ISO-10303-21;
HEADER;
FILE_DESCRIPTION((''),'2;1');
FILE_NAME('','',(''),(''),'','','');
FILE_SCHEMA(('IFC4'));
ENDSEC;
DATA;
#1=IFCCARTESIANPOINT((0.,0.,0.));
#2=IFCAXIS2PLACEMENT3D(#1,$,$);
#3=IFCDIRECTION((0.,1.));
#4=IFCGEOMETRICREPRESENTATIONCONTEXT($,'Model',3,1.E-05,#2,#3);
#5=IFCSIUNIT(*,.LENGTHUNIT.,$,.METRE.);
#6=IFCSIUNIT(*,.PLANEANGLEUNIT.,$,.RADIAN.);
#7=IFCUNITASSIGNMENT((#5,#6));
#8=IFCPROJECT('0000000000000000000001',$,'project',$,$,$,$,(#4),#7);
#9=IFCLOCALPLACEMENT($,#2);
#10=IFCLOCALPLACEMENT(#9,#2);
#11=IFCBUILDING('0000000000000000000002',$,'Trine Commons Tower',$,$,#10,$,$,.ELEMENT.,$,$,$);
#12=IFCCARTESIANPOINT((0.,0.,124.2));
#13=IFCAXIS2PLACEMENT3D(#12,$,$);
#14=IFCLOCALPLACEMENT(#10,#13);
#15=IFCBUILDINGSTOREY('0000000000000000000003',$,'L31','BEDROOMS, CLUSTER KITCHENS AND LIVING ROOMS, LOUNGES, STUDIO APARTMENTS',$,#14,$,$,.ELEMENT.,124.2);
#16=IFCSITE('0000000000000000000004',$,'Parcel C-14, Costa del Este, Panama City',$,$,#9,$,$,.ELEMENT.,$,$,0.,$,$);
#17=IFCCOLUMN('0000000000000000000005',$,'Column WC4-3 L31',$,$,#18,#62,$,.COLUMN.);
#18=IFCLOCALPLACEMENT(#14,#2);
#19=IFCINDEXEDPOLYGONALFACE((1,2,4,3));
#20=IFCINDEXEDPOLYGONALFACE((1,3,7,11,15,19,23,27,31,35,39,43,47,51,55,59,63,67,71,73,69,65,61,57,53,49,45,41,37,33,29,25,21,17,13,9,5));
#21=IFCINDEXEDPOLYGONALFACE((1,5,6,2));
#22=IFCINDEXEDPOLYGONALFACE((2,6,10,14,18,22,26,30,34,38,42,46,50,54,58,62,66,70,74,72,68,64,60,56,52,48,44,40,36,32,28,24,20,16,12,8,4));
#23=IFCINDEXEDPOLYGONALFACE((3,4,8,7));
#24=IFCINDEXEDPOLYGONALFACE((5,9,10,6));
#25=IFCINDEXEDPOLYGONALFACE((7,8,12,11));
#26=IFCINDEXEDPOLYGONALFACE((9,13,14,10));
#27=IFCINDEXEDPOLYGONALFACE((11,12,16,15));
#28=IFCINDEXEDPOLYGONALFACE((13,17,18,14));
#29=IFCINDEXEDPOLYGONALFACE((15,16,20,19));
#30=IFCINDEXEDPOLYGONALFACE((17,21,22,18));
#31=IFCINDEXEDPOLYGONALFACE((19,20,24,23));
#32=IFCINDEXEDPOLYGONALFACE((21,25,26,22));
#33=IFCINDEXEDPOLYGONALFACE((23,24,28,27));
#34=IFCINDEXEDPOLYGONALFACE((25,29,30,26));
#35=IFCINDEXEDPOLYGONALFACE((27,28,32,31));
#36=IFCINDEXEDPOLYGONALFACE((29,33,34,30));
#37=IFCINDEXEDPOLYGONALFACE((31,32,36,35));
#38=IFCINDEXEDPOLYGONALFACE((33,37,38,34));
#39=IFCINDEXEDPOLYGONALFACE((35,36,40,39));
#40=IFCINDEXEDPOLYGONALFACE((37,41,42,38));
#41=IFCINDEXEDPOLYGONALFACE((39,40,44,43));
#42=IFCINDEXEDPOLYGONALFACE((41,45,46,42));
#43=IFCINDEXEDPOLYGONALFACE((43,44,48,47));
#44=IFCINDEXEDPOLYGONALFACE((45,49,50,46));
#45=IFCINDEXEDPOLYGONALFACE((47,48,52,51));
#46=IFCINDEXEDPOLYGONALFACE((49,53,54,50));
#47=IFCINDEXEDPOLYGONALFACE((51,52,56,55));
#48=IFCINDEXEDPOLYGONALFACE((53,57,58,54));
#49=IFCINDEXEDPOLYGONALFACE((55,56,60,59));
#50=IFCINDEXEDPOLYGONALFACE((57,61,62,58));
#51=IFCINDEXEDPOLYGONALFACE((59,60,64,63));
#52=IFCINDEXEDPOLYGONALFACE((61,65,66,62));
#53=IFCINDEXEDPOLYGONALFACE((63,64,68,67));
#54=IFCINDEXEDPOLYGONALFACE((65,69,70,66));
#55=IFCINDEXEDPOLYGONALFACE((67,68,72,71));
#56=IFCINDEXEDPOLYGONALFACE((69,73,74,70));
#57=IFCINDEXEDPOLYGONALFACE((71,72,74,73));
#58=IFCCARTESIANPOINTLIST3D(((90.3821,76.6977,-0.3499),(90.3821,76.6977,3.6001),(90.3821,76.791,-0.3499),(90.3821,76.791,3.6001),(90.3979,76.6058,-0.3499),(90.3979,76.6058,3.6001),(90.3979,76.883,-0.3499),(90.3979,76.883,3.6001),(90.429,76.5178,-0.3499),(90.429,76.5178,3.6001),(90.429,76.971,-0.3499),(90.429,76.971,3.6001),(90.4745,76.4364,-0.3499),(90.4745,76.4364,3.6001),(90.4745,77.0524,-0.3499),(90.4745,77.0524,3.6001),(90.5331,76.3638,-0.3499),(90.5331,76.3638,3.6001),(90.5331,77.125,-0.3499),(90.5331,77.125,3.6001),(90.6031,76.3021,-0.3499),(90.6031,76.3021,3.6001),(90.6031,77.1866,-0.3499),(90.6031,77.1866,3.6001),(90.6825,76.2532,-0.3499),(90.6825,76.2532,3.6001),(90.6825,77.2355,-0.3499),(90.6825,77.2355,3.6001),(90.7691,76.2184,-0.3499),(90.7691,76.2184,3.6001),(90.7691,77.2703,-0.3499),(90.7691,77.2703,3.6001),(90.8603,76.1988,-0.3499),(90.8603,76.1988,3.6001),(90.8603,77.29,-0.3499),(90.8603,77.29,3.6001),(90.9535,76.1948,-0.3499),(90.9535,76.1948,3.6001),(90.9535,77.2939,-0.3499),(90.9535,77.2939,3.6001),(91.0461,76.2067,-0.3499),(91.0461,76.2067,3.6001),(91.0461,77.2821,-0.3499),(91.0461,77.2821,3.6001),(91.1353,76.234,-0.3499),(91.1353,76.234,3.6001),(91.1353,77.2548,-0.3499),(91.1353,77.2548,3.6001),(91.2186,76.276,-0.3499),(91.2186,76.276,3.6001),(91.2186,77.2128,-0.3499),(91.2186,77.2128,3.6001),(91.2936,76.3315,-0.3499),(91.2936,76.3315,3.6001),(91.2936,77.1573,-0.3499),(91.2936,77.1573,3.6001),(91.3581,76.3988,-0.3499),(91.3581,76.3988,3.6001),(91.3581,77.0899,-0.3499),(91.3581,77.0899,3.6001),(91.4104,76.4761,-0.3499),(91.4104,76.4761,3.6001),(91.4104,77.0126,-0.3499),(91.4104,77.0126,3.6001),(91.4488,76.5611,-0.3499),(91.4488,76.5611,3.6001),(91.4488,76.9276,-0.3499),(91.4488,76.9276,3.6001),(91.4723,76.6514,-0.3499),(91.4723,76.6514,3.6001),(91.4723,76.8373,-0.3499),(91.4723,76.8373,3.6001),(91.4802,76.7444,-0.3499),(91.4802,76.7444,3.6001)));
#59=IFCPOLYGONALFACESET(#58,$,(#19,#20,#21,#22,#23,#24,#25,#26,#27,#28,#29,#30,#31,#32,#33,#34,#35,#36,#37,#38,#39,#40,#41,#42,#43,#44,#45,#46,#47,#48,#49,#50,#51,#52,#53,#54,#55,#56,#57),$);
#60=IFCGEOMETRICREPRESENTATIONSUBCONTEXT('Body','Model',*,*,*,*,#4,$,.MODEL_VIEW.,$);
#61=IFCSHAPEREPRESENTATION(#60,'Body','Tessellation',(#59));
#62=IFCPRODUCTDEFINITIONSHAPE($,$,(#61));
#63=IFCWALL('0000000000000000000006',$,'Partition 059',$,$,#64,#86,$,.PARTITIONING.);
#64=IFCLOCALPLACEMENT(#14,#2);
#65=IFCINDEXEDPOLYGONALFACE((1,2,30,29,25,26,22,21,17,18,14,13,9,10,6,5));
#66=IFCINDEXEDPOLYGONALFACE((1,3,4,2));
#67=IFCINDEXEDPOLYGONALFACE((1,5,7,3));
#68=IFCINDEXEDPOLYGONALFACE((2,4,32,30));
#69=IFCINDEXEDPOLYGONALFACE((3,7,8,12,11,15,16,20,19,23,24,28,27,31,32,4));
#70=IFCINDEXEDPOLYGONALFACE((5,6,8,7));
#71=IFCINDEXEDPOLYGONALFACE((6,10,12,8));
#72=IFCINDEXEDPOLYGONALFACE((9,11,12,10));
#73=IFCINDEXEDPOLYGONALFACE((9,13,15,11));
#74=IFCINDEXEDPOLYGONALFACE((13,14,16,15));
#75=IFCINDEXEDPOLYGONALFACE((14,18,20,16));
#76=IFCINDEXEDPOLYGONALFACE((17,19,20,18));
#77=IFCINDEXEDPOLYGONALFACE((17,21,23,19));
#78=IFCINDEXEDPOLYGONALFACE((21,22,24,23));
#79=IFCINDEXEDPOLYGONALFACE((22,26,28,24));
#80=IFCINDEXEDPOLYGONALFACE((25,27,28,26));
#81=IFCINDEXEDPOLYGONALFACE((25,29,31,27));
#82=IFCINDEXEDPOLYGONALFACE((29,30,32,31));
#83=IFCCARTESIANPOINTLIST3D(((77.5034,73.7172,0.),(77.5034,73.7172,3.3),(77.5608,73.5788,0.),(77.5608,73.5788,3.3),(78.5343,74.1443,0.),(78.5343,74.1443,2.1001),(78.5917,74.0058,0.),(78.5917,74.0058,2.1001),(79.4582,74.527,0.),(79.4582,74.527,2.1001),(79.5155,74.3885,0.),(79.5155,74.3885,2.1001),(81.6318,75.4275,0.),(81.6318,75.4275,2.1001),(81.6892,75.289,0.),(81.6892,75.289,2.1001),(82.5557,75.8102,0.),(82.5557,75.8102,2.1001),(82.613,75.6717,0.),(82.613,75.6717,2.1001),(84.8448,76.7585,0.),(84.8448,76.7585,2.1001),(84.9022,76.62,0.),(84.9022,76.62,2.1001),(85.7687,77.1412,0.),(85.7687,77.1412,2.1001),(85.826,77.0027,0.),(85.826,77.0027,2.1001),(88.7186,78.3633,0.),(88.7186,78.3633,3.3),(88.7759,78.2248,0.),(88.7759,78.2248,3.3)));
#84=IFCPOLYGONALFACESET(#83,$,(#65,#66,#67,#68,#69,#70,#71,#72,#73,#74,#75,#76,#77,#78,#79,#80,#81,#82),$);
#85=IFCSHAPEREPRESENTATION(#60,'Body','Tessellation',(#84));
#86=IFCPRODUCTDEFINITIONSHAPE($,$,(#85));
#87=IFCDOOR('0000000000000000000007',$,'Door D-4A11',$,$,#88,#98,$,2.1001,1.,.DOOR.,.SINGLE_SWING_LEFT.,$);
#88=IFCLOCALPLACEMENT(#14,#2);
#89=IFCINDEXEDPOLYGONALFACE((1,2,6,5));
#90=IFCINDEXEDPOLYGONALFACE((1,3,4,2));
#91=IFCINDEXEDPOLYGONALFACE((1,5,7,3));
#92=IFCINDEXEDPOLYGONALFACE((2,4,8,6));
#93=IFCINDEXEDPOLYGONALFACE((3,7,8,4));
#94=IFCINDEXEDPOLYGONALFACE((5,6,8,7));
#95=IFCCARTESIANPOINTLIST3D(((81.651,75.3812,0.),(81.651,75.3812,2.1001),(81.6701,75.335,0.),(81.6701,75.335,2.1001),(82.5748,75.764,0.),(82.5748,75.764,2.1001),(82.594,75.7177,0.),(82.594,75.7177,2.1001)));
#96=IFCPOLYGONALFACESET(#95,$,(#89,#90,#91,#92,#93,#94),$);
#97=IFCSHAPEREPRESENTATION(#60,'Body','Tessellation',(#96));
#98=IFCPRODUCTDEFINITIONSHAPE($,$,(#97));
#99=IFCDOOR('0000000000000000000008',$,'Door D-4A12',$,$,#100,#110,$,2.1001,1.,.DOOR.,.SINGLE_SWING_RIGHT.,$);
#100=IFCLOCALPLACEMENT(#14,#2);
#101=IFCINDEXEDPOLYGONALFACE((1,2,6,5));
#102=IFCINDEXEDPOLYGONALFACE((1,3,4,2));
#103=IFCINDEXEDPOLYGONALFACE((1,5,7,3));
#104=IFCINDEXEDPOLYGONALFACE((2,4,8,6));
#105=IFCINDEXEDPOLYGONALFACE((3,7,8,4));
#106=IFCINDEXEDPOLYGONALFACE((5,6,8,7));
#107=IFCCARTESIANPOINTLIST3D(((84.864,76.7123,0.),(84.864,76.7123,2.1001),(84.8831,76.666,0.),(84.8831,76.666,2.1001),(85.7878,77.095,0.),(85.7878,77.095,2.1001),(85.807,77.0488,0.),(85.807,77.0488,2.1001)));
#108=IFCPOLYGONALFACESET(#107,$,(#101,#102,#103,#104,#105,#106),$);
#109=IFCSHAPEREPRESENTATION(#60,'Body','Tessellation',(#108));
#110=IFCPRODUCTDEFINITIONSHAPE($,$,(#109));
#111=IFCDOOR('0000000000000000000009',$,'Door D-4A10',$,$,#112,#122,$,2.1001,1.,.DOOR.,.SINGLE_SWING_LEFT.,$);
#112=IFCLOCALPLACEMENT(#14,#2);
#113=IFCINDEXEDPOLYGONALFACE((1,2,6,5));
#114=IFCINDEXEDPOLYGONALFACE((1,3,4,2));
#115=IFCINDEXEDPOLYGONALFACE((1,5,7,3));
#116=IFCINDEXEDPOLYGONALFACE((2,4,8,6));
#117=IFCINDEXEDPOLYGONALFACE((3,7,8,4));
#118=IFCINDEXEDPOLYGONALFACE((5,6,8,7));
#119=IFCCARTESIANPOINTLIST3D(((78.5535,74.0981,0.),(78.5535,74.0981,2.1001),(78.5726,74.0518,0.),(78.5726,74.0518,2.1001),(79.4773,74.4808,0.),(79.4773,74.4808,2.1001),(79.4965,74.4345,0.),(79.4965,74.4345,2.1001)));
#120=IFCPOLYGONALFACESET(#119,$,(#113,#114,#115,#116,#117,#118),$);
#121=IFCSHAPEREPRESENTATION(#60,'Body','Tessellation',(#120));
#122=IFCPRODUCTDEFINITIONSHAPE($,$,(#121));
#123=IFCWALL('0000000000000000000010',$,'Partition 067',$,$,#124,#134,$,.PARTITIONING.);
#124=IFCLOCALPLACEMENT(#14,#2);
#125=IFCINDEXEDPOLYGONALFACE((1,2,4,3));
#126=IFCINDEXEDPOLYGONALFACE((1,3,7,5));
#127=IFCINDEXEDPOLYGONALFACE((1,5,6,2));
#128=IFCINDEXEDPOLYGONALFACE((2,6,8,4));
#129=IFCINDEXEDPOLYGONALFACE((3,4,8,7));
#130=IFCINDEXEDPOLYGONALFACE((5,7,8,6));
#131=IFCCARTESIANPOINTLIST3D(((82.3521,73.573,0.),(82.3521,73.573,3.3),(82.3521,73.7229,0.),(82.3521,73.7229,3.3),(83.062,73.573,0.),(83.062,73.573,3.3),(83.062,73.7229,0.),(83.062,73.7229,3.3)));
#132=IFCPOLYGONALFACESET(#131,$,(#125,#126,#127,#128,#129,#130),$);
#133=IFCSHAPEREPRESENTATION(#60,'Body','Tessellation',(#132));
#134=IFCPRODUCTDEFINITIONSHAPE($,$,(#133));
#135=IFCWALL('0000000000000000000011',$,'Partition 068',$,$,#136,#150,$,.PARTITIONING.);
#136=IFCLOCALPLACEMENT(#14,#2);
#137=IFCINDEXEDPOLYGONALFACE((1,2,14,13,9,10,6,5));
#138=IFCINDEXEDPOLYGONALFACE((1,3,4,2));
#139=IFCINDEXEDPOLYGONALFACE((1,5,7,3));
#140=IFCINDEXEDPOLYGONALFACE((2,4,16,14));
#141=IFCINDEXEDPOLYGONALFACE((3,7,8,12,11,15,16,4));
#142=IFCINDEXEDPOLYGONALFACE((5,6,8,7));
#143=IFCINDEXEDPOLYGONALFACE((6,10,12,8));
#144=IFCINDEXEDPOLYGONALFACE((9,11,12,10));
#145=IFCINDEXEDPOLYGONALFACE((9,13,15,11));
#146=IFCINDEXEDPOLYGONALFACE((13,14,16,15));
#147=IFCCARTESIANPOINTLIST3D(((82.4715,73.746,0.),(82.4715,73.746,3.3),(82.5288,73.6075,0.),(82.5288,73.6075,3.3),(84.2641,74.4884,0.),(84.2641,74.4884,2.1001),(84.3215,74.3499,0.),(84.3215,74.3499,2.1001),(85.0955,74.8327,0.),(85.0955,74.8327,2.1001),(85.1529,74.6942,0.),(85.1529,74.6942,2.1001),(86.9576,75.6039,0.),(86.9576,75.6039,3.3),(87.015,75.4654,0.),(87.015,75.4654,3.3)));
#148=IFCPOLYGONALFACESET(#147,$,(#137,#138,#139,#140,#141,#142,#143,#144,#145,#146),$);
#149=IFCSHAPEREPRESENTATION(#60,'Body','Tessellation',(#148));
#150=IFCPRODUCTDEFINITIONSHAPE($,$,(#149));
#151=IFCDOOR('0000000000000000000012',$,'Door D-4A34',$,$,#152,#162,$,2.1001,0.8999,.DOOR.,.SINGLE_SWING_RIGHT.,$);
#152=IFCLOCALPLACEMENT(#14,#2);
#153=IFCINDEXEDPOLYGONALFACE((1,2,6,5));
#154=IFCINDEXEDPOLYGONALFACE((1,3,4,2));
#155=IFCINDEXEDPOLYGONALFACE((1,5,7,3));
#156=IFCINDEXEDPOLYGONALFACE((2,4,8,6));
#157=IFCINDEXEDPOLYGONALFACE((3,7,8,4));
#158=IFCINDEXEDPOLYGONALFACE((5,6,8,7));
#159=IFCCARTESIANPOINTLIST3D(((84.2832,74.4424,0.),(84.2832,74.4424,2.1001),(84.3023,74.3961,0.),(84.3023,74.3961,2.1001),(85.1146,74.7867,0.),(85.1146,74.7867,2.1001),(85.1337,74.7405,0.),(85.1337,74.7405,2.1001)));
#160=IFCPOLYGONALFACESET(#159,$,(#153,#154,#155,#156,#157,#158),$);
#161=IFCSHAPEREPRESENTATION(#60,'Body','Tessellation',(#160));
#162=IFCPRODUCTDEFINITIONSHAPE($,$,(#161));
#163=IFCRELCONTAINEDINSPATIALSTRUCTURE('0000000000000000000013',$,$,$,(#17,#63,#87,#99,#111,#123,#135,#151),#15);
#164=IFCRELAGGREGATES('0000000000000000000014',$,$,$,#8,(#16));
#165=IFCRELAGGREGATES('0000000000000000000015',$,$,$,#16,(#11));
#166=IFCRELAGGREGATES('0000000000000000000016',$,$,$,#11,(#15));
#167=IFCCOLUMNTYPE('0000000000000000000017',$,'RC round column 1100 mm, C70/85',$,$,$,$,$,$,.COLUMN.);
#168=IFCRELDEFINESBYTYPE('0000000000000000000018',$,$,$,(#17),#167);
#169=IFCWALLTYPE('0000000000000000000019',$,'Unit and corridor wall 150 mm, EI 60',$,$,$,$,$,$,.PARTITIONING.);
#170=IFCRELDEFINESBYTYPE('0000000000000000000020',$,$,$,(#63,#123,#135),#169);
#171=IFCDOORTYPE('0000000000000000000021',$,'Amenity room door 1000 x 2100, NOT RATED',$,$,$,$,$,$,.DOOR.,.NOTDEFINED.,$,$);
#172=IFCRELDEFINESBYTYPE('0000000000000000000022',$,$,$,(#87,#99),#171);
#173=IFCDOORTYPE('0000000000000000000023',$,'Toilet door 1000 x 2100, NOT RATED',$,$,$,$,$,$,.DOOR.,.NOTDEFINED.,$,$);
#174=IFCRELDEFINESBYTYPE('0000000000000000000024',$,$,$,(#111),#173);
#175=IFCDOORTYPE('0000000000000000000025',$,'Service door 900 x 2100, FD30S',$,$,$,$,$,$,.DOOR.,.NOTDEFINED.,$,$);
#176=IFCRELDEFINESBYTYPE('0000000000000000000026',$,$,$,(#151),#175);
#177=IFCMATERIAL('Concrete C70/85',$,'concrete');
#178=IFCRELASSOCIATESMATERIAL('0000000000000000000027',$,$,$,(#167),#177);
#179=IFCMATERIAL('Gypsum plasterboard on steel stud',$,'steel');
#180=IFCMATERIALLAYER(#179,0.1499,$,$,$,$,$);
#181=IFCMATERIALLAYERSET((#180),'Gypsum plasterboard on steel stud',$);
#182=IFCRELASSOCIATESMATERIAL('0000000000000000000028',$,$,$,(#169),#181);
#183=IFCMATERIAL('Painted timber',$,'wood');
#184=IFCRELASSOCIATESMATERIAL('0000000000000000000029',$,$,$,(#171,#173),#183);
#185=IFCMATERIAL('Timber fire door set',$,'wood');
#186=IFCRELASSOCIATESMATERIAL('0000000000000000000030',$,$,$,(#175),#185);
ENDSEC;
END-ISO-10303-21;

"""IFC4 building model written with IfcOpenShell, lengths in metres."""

from ifc_helpers import new_model, si_unit, direction, frame, frame_2d, origin, origin_2d, place, context, subcontext, project, spatial, rectangle, circle, extrude, material, layer, layer_set, material_profile, profile_set, type_object, element, fill, save


model = new_model("IFC4")

# Units and contexts
model_context = context("Model", 3, precision=1e-05, world=origin(), true_north=direction((0.0, 1.0)))
body_context = subcontext(model_context, "Body", "Model", "MODEL_VIEW")
ifc_project = project(units=[si_unit("LENGTHUNIT", "METRE"), si_unit("PLANEANGLEUNIT", "RADIAN")], contexts=[model_context])

# Site, building, storey
site_placement = place(None, origin())
site = spatial("IfcSite", under=ifc_project, at=site_placement, Name="Parcel C-14, Costa del Este, Panama City", CompositionType="ELEMENT", RefElevation=0.0)
building_placement = place(site_placement, origin())
building = spatial("IfcBuilding", under=site, at=building_placement, Name="Trine Commons Tower", CompositionType="ELEMENT")
storey_placement = place(building_placement, frame((0.0, 0.0, 124.2)))
storey = spatial("IfcBuildingStorey", under=building, at=storey_placement, Name="L31", Description="BEDROOMS, CLUSTER KITCHENS AND LIVING ROOMS, LOUNGES, STUDIO APARTMENTS", CompositionType="ELEMENT", Elevation=124.2)

# Column
ifc_material_1 = material(Name="Concrete C70/85", Category="concrete")
ifc_material_profile = material_profile(ifc_material_1, circle(Radius=0.55, at=origin_2d()), Name="RC round 1100")
ifc_profile_set = profile_set([ifc_material_profile], Name="Concrete C70/85")
column_type = type_object("IfcColumnType", Name="RC round column 1100 mm, C70/85", PredefinedType="COLUMN", material=ifc_profile_set)
column_placement = place(storey_placement, frame((90.9302, 76.7444, -0.3499), z_axis=(0.0, 0.0, 1.0), x_axis=(1.0, 0.0, 0.0)))
element("IfcColumn", 1, at=column_placement, inside=storey, type_object=column_type, Name="Column WC4-3 L31", PredefinedType="COLUMN", context=body_context, shape_type="SweptSolid", body=[
    extrude(circle(Radius=0.55, at=origin_2d()), origin(), (0.0, 0.0, 1.0), 3.95),
])

# Wall, openings, doors
ifc_material_2 = material(Name="Gypsum plasterboard on steel stud", Category="steel")
ifc_layer = layer(ifc_material_2, 0.1499)
ifc_layer_set = layer_set([ifc_layer], Name="Gypsum plasterboard on steel stud")
wall_type = type_object("IfcWallType", Name="Unit and corridor wall 150 mm, EI 60", PredefinedType="PARTITIONING", material=ifc_layer_set)
wall_1_placement = place(storey_placement, frame((77.532, 73.6479, 0.0), z_axis=(0.0, 0.0, 1.0), x_axis=(0.923863, 0.382722, 0.0)))
wall_1 = element("IfcWall", 2, at=wall_1_placement, inside=storey, type_object=wall_type, Name="Partition 059", PredefinedType="PARTITIONING", context=body_context, shape_type="SweptSolid", body=[
    extrude(rectangle(XDim=12.1394, YDim=0.1499, at=frame_2d((6.0698, 0.0))), origin(), (0.0, 0.0, 1.0), 3.3),
])
opening_1_placement = place(wall_1_placement, frame((1.116, 0.0, 0.0)))
opening_1 = element("IfcOpeningElement", 3, at=opening_1_placement, cuts=wall_1, PredefinedType="OPENING", context=body_context, shape_type="SweptSolid", body=[
    extrude(rectangle(XDim=1.0, YDim=2.1001, at=frame_2d((0.5, 1.05))), frame((0.0, 0.085, 0.0), z_axis=(0.0, -1.0, 0.0), x_axis=(1.0, 0.0, 0.0)), (0.0, 0.0, 1.0), 0.1699),
])
opening_2_placement = place(wall_1_placement, frame((4.4688, 0.0, 0.0)))
opening_2 = element("IfcOpeningElement", 4, at=opening_2_placement, cuts=wall_1, PredefinedType="OPENING", context=body_context, shape_type="SweptSolid", body=[
    extrude(rectangle(XDim=1.0, YDim=2.1001, at=frame_2d((0.5, 1.05))), frame((0.0, 0.085, 0.0), z_axis=(0.0, -1.0, 0.0), x_axis=(1.0, 0.0, 0.0)), (0.0, 0.0, 1.0), 0.1699),
])
opening_3_placement = place(wall_1_placement, frame((7.9465, 0.0, 0.0)))
opening_3 = element("IfcOpeningElement", 5, at=opening_3_placement, cuts=wall_1, PredefinedType="OPENING", context=body_context, shape_type="SweptSolid", body=[
    extrude(rectangle(XDim=1.0, YDim=2.1001, at=frame_2d((0.5, 1.05))), frame((0.0, 0.085, 0.0), z_axis=(0.0, -1.0, 0.0), x_axis=(1.0, 0.0, 0.0)), (0.0, 0.0, 1.0), 0.1699),
])
ifc_material_3 = material(Name="Painted timber", Category="wood")
door_type_1 = type_object("IfcDoorType", Name="Amenity room door 1000 x 2100, NOT RATED", OperationType="NOTDEFINED", PredefinedType="DOOR", material=ifc_material_3)
door_1_placement = place(opening_2_placement, origin())
door_1 = element("IfcDoor", 6, at=door_1_placement, inside=storey, type_object=door_type_1, Name="Door D-4A11", OperationType="SINGLE_SWING_LEFT", OverallHeight=2.1001, OverallWidth=1.0, PredefinedType="DOOR", context=body_context, shape_type="SweptSolid", body=[
    extrude(rectangle(XDim=1.0, YDim=2.1001, at=frame_2d((0.5, 1.05))), frame((0.0, 0.0249, 0.0), z_axis=(0.0, -1.0, 0.0), x_axis=(1.0, 0.0, 0.0)), (0.0, 0.0, 1.0), 0.05),
])
fill(opening_2, door_1)
door_2_placement = place(opening_3_placement, origin())
door_2 = element("IfcDoor", 7, at=door_2_placement, inside=storey, type_object=door_type_1, Name="Door D-4A12", OperationType="SINGLE_SWING_RIGHT", OverallHeight=2.1001, OverallWidth=1.0, PredefinedType="DOOR", context=body_context, shape_type="SweptSolid", body=[
    extrude(rectangle(XDim=1.0, YDim=2.1001, at=frame_2d((0.5, 1.05))), frame((0.0, 0.0249, 0.0), z_axis=(0.0, -1.0, 0.0), x_axis=(1.0, 0.0, 0.0)), (0.0, 0.0, 1.0), 0.05),
])
fill(opening_3, door_2)
door_type_2 = type_object("IfcDoorType", Name="Toilet door 1000 x 2100, NOT RATED", OperationType="NOTDEFINED", PredefinedType="DOOR", material=ifc_material_3)
door_3_placement = place(opening_1_placement, origin())
door_3 = element("IfcDoor", 8, at=door_3_placement, inside=storey, type_object=door_type_2, Name="Door D-4A10", OperationType="SINGLE_SWING_LEFT", OverallHeight=2.1001, OverallWidth=1.0, PredefinedType="DOOR", context=body_context, shape_type="SweptSolid", body=[
    extrude(rectangle(XDim=1.0, YDim=2.1001, at=frame_2d((0.5, 1.05))), frame((0.0, 0.0249, 0.0), z_axis=(0.0, -1.0, 0.0), x_axis=(1.0, 0.0, 0.0)), (0.0, 0.0, 1.0), 0.05),
])
fill(opening_1, door_3)

# Wall
wall_2_placement = place(storey_placement, frame((82.3521, 73.6479, 0.0), z_axis=(0.0, 0.0, 1.0), x_axis=(1.0, 0.0, 0.0)))
element("IfcWall", 9, at=wall_2_placement, inside=storey, type_object=wall_type, Name="Partition 067", PredefinedType="PARTITIONING", context=body_context, shape_type="SweptSolid", body=[
    extrude(rectangle(XDim=0.71, YDim=0.1499, at=frame_2d((0.355, 0.0))), origin(), (0.0, 0.0, 1.0), 3.3),
])

# Wall, opening, door
wall_3_placement = place(storey_placement, frame((82.5002, 73.6768, 0.0), z_axis=(0.0, 0.0, 1.0), x_axis=(0.9239, 0.382633, 0.0)))
wall_3 = element("IfcWall", 10, at=wall_3_placement, inside=storey, type_object=wall_type, Name="Partition 068", PredefinedType="PARTITIONING", context=body_context, shape_type="SweptSolid", body=[
    extrude(rectangle(XDim=4.8557, YDim=0.1499, at=frame_2d((2.4277, 0.0))), origin(), (0.0, 0.0, 1.0), 3.3),
])
opening_4_placement = place(wall_3_placement, frame((1.9402, 0.0, 0.0)))
opening_4 = element("IfcOpeningElement", 11, at=opening_4_placement, cuts=wall_3, PredefinedType="OPENING", context=body_context, shape_type="SweptSolid", body=[
    extrude(rectangle(XDim=0.8999, YDim=2.1001, at=frame_2d((0.45, 1.05))), frame((0.0, 0.085, 0.0), z_axis=(0.0, -1.0, 0.0), x_axis=(1.0, 0.0, 0.0)), (0.0, 0.0, 1.0), 0.1699),
])
ifc_material_4 = material(Name="Timber fire door set", Category="wood")
door_type_3 = type_object("IfcDoorType", Name="Service door 900 x 2100, FD30S", OperationType="NOTDEFINED", PredefinedType="DOOR", material=ifc_material_4)
door_4_placement = place(opening_4_placement, frame((0.8999, 0.0, 0.0), z_axis=(0.0, 0.0, 1.0), x_axis=(-1.0, 0.0, 0.0)))
door_4 = element("IfcDoor", 12, at=door_4_placement, inside=storey, type_object=door_type_3, Name="Door D-4A34", OperationType="SINGLE_SWING_RIGHT", OverallHeight=2.1001, OverallWidth=0.8999, PredefinedType="DOOR", context=body_context, shape_type="SweptSolid", body=[
    extrude(rectangle(XDim=0.8999, YDim=2.1001, at=frame_2d((0.45, 1.05))), frame((0.0, 0.0249, 0.0), z_axis=(0.0, -1.0, 0.0), x_axis=(1.0, 0.0, 0.0)), (0.0, 0.0, 1.0), 0.05),
])
fill(opening_4, door_4)

save(model, "model.ifc")
